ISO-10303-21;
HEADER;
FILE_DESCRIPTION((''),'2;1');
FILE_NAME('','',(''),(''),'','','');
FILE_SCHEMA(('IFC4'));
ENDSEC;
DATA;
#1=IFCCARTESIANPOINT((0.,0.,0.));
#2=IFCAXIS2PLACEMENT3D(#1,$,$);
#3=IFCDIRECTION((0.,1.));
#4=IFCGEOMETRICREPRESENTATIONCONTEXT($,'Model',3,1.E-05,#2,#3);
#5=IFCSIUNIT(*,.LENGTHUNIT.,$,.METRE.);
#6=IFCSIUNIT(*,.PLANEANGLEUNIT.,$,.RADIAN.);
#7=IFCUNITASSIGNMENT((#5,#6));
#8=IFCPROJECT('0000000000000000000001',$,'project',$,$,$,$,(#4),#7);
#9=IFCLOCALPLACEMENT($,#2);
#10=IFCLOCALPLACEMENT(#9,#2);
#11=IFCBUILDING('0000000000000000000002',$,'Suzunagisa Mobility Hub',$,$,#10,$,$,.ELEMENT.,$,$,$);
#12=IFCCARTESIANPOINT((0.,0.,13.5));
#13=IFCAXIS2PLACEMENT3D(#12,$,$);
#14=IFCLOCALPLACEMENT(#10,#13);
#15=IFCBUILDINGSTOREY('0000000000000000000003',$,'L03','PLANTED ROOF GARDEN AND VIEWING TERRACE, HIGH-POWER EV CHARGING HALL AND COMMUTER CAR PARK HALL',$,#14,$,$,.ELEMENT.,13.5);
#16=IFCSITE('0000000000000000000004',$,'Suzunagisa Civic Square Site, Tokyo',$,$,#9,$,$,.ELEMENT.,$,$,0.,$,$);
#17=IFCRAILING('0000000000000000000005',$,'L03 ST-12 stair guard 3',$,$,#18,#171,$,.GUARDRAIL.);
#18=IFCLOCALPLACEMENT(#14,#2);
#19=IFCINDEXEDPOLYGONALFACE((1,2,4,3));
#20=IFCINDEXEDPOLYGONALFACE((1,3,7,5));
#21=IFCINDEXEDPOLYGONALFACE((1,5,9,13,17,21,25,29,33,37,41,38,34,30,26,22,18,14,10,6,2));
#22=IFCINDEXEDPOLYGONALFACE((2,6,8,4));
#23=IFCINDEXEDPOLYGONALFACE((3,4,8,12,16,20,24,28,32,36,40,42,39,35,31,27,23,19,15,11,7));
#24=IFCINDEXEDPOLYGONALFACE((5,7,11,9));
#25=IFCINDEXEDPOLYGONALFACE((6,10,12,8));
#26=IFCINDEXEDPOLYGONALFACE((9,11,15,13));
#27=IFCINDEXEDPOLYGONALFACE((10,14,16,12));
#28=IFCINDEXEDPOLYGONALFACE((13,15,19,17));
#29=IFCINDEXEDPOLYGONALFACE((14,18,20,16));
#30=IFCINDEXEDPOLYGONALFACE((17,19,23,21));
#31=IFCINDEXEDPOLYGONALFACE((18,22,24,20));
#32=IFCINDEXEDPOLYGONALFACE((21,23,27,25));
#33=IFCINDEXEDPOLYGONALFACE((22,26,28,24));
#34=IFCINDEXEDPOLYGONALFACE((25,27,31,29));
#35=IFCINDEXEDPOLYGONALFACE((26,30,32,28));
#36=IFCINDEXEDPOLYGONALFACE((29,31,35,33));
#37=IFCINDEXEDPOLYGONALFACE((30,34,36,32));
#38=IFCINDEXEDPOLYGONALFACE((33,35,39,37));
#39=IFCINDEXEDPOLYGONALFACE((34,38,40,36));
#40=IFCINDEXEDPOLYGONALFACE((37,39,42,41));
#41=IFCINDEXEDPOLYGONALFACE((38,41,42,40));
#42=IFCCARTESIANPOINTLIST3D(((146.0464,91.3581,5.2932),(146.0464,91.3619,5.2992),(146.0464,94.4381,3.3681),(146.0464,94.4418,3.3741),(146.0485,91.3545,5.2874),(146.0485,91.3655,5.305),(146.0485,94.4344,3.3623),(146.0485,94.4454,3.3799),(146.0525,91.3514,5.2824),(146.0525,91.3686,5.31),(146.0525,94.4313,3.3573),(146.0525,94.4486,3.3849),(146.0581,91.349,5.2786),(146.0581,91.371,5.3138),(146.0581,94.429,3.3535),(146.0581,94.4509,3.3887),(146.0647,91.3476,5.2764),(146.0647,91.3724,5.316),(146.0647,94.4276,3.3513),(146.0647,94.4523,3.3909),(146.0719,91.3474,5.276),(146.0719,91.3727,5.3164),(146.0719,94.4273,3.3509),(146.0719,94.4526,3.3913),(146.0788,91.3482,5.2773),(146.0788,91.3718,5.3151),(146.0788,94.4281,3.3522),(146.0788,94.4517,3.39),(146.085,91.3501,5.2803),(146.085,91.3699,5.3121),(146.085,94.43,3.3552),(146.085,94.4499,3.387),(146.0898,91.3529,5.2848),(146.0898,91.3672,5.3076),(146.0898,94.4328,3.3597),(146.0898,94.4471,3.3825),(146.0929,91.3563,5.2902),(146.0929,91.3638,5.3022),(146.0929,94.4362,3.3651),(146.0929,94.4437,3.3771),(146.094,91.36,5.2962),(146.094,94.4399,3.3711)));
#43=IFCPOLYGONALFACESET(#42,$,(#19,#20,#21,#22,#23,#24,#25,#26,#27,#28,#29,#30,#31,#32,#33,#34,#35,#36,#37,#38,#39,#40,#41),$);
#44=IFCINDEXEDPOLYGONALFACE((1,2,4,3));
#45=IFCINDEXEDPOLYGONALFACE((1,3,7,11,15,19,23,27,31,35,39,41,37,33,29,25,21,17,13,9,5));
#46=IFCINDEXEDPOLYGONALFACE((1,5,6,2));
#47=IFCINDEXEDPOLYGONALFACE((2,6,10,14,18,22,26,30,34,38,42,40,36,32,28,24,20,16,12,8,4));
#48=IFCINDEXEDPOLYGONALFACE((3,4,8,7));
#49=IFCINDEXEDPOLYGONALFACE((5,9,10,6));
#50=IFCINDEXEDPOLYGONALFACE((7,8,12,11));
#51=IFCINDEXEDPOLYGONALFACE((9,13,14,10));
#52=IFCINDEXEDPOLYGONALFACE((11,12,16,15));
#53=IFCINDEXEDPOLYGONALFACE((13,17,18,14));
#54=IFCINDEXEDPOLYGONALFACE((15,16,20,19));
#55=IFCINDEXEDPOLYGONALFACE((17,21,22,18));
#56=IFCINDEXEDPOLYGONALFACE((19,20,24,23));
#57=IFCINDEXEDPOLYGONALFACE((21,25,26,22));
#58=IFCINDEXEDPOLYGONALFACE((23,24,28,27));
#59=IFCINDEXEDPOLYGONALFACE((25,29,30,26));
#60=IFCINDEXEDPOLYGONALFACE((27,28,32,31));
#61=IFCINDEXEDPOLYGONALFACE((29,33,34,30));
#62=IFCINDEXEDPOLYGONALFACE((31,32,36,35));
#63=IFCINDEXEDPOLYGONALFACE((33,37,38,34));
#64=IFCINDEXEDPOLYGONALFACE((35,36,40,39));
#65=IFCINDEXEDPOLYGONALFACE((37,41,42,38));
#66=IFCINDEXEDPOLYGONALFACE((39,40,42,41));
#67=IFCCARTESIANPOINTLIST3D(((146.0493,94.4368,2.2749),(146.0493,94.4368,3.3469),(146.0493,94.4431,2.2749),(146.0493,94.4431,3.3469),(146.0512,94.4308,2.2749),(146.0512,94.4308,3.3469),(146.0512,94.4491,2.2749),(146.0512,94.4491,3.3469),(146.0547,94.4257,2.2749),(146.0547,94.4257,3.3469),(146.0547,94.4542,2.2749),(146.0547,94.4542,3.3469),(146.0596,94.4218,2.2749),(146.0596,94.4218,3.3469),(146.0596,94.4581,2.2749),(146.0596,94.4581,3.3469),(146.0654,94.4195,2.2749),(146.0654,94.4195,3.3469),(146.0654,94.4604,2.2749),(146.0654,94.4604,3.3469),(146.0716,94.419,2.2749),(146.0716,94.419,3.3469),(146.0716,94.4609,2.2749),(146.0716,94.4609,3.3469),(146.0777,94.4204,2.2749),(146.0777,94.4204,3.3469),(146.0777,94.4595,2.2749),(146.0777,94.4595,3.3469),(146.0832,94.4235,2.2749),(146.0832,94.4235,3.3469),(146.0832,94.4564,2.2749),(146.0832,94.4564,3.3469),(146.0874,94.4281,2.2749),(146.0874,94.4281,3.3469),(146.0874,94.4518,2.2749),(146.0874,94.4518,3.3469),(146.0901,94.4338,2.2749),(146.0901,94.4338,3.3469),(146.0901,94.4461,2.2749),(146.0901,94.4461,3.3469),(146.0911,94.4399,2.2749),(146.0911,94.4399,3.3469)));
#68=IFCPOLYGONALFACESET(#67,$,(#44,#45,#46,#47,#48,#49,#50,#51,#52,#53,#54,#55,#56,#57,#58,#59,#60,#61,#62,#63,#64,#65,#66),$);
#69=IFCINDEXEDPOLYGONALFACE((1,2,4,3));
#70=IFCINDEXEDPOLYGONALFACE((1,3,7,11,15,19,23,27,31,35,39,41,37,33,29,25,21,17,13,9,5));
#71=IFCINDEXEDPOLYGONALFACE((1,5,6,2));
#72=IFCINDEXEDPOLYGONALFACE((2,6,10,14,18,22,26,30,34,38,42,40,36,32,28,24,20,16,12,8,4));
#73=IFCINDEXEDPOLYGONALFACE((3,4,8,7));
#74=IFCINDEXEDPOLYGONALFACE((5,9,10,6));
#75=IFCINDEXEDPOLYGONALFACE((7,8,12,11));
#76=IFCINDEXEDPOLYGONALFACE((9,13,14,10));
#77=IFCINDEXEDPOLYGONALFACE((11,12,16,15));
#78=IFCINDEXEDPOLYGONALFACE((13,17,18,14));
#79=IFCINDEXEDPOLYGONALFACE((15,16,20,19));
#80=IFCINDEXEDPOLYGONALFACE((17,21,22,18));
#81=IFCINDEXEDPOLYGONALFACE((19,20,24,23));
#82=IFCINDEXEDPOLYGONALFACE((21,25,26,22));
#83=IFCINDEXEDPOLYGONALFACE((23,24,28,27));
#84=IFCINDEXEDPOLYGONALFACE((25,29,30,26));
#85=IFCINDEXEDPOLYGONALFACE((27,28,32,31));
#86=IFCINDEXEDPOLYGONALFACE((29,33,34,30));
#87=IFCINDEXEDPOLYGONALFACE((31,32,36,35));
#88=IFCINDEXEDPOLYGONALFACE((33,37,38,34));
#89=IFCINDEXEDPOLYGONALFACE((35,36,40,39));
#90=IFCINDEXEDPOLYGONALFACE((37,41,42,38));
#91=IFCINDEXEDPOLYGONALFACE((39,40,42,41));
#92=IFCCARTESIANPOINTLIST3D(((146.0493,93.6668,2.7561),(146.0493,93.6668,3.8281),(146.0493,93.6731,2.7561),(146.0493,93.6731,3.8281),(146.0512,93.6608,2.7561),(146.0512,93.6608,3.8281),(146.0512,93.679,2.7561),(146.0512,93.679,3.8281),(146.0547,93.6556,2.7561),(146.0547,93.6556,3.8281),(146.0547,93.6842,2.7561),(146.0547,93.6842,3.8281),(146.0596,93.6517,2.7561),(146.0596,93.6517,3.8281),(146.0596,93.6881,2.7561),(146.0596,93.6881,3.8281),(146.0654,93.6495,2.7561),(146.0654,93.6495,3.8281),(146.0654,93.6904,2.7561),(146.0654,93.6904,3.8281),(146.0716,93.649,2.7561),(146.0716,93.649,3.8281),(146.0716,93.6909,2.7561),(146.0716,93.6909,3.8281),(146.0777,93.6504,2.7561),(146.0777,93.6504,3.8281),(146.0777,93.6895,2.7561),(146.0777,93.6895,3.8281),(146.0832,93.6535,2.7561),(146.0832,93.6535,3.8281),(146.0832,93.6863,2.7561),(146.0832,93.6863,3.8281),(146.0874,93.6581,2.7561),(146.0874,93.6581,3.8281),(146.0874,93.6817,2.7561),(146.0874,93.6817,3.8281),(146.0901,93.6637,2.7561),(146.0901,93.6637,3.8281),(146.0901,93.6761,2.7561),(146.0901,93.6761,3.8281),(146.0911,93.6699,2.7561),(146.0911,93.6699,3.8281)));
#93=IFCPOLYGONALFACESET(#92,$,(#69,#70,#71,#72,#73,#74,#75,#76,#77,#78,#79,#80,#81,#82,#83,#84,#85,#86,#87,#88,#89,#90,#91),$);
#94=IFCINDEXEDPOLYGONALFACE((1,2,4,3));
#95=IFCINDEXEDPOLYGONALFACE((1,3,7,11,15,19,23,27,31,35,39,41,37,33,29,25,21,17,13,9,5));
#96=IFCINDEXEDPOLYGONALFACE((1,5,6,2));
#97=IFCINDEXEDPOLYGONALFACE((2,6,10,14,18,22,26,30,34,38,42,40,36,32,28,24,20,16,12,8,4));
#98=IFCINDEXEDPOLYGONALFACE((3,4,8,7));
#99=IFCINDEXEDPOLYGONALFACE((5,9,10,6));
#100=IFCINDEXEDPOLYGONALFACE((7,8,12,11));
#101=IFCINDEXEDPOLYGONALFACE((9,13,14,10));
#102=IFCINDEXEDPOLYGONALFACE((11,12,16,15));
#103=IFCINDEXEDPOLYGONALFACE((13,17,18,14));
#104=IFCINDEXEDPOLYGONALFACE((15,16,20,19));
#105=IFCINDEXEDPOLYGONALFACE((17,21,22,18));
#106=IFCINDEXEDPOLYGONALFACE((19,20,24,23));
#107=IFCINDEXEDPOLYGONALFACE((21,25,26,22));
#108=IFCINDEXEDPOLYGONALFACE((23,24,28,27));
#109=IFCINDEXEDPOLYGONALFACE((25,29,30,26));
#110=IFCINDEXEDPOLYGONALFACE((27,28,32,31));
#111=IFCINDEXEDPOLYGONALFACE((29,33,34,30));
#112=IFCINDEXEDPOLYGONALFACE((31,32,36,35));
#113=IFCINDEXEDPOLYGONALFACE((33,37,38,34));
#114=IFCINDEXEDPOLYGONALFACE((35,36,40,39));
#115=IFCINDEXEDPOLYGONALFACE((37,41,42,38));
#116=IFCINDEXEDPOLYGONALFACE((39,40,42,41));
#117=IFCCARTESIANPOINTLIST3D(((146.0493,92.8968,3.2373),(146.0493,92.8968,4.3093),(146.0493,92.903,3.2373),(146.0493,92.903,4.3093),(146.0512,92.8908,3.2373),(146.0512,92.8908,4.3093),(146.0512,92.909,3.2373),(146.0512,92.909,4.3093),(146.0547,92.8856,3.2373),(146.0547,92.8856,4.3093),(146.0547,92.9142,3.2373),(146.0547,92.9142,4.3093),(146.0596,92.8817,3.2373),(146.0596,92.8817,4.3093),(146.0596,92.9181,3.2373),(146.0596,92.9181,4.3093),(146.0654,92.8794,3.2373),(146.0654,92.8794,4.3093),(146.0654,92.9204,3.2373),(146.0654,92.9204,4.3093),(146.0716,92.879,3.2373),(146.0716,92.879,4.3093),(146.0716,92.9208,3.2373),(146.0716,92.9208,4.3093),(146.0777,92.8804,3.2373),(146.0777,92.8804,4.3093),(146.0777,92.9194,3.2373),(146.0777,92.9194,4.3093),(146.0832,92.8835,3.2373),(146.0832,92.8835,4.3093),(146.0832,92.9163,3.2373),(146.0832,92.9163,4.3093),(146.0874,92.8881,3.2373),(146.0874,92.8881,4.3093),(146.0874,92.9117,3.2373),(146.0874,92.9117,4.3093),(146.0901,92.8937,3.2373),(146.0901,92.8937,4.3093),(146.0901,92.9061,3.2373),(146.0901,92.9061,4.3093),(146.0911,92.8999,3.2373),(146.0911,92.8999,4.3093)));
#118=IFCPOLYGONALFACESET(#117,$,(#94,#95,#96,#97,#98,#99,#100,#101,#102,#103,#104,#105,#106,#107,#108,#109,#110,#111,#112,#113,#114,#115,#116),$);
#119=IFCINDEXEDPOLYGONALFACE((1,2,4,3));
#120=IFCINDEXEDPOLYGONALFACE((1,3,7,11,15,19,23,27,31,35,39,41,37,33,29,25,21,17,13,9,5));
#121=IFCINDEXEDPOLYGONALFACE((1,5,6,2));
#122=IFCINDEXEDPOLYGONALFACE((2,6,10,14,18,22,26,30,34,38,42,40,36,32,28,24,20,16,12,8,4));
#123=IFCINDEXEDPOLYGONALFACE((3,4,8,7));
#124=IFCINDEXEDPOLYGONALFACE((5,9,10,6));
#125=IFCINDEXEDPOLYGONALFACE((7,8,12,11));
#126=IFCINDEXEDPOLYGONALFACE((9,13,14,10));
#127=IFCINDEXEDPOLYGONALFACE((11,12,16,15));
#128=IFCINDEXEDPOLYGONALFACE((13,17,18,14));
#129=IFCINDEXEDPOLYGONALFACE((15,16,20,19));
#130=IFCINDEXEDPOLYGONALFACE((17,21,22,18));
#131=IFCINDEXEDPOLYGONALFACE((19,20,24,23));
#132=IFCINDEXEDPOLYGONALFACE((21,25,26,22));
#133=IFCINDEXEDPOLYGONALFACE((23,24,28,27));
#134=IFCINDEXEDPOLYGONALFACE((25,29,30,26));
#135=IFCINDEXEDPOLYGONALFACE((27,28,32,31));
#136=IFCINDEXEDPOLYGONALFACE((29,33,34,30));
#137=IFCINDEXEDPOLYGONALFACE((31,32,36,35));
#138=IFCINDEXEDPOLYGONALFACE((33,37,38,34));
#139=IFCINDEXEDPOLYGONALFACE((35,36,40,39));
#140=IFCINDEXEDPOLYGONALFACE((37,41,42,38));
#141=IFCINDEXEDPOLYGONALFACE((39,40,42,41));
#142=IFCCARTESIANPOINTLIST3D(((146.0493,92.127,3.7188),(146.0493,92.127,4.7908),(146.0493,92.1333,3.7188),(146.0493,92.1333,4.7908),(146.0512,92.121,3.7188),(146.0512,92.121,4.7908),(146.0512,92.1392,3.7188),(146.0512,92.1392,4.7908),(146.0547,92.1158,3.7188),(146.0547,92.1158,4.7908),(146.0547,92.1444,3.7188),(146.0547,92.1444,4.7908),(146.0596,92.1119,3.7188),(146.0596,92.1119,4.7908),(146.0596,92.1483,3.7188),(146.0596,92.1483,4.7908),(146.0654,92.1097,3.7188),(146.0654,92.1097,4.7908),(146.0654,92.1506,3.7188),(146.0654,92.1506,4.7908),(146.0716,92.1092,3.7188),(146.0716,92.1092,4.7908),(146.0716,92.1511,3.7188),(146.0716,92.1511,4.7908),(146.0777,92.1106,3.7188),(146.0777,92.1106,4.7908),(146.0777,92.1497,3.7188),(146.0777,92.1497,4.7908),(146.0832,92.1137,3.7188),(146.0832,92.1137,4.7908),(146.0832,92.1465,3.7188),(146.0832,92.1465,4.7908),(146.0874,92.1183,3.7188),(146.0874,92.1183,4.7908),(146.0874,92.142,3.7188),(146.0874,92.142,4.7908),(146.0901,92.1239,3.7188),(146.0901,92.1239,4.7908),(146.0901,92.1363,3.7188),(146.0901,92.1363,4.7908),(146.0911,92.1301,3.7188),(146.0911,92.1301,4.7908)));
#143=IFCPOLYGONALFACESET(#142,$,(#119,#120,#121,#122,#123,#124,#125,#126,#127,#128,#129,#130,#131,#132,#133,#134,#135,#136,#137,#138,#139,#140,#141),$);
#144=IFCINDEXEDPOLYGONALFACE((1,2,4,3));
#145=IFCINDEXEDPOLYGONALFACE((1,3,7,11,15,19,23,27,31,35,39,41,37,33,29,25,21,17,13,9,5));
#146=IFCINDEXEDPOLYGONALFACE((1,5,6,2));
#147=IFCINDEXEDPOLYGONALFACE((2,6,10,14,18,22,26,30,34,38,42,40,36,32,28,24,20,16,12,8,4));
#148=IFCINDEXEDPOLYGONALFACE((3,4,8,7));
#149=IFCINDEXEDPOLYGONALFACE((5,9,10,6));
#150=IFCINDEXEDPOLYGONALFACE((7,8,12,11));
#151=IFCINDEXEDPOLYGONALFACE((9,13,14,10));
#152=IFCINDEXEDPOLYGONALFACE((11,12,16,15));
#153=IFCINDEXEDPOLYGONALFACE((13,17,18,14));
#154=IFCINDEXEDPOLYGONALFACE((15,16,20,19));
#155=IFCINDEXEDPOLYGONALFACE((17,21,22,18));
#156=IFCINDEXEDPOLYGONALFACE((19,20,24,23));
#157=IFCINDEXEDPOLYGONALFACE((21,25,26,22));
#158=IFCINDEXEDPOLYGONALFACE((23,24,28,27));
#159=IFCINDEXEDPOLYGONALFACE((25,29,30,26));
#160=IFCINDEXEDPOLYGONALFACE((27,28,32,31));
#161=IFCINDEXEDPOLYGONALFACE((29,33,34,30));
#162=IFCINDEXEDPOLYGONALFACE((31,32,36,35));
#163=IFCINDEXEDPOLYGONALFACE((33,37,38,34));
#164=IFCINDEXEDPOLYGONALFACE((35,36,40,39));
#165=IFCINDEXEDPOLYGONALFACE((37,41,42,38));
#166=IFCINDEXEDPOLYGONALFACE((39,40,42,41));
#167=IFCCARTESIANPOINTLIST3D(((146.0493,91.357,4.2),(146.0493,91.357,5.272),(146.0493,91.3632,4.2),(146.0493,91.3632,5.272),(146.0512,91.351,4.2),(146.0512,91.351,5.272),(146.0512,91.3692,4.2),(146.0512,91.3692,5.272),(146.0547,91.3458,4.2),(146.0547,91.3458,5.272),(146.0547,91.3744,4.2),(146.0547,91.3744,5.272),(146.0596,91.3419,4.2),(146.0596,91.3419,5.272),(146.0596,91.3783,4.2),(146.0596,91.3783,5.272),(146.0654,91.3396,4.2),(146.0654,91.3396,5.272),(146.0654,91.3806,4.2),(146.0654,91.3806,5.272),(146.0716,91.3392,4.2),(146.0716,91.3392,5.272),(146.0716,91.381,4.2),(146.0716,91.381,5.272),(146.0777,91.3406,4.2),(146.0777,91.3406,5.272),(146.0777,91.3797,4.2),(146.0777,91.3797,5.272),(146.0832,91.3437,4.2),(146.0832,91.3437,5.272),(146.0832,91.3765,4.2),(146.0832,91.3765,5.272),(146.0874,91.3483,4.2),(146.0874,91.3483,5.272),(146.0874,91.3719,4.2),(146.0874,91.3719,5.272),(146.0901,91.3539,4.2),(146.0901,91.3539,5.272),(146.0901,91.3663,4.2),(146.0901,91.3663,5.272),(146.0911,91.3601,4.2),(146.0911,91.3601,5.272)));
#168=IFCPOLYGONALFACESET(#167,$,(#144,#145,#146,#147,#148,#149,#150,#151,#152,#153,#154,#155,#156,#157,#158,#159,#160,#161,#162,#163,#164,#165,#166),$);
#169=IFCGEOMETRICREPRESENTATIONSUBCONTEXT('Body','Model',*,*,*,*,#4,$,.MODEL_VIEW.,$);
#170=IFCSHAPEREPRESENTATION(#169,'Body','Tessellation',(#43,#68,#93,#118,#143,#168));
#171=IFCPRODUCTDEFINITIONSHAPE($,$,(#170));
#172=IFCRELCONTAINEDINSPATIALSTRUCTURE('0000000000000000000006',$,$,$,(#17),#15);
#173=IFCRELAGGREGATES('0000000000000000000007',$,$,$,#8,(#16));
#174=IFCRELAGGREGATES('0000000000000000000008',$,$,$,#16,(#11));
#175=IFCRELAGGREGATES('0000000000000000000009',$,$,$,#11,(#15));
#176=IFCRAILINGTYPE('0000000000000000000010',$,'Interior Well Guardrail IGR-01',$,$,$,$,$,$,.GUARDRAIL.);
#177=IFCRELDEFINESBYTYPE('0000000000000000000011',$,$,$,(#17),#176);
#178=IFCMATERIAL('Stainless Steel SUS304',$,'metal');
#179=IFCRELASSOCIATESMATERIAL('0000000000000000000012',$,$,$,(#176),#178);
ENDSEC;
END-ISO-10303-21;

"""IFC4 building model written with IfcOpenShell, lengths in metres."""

from ifc_helpers import new_model, si_unit, direction, frame, origin, origin_2d, place, context, subcontext, project, spatial, circle, extrude, material, type_object, element, save


model = new_model("IFC4")

# Units and contexts
model_context = context("Model", 3, precision=1e-05, world=origin(), true_north=direction((0.0, 1.0)))
body_context = subcontext(model_context, "Body", "Model", "MODEL_VIEW")
ifc_project = project(units=[si_unit("LENGTHUNIT", "METRE"), si_unit("PLANEANGLEUNIT", "RADIAN")], contexts=[model_context])

# Site, building, storey
site_placement = place(None, origin())
site = spatial("IfcSite", under=ifc_project, at=site_placement, Name="Suzunagisa Civic Square Site, Tokyo", CompositionType="ELEMENT", RefElevation=0.0)
building_placement = place(site_placement, origin())
building = spatial("IfcBuilding", under=site, at=building_placement, Name="Suzunagisa Mobility Hub", CompositionType="ELEMENT")
storey_placement = place(building_placement, frame((0.0, 0.0, 13.5)))
storey = spatial("IfcBuildingStorey", under=building, at=storey_placement, Name="L03", Description="PLANTED ROOF GARDEN AND VIEWING TERRACE, HIGH-POWER EV CHARGING HALL AND COMMUTER CAR PARK HALL", CompositionType="ELEMENT", Elevation=13.5)

# Railing
ifc_material_1 = material(Name="Stainless Steel SUS304", Category="metal")
railing_type_1 = type_object("IfcRailingType", Name="Interior Well Guardrail IGR-01", PredefinedType="GUARDRAIL", material=ifc_material_1)
railing_1_placement = place(storey_placement, frame((146.0701, 94.4399, 2.2749)))
element("IfcRailing", 1, at=railing_1_placement, inside=storey, type_object=railing_type_1, Name="L03 ST-12 stair guard 3", PredefinedType="GUARDRAIL", context=body_context, shape_type="SweptSolid", body=[
    extrude(circle(Radius=0.0239, at=origin_2d()), frame((0.0, 0.0, 1.0962), z_axis=(0.0, -0.847979, 0.530029), x_axis=(1.0, 0.0, 0.0)), (0.0, 0.0, 1.0), 3.6321),
    extrude(circle(Radius=0.021, at=origin_2d()), origin(), (0.0, 0.0, 1.0), 1.072),
    extrude(circle(Radius=0.021, at=origin_2d()), frame((0.0, -0.77, 0.4812)), (0.0, 0.0, 1.0), 1.072),
    extrude(circle(Radius=0.021, at=origin_2d()), frame((0.0, -1.54, 0.9624)), (0.0, 0.0, 1.0), 1.072),
    extrude(circle(Radius=0.021, at=origin_2d()), frame((0.0, -2.3098, 1.4438)), (0.0, 0.0, 1.0), 1.072),
    extrude(circle(Radius=0.021, at=origin_2d()), frame((0.0, -3.0798, 1.925)), (0.0, 0.0, 1.0), 1.072),
])

save(model, "model.ifc")
